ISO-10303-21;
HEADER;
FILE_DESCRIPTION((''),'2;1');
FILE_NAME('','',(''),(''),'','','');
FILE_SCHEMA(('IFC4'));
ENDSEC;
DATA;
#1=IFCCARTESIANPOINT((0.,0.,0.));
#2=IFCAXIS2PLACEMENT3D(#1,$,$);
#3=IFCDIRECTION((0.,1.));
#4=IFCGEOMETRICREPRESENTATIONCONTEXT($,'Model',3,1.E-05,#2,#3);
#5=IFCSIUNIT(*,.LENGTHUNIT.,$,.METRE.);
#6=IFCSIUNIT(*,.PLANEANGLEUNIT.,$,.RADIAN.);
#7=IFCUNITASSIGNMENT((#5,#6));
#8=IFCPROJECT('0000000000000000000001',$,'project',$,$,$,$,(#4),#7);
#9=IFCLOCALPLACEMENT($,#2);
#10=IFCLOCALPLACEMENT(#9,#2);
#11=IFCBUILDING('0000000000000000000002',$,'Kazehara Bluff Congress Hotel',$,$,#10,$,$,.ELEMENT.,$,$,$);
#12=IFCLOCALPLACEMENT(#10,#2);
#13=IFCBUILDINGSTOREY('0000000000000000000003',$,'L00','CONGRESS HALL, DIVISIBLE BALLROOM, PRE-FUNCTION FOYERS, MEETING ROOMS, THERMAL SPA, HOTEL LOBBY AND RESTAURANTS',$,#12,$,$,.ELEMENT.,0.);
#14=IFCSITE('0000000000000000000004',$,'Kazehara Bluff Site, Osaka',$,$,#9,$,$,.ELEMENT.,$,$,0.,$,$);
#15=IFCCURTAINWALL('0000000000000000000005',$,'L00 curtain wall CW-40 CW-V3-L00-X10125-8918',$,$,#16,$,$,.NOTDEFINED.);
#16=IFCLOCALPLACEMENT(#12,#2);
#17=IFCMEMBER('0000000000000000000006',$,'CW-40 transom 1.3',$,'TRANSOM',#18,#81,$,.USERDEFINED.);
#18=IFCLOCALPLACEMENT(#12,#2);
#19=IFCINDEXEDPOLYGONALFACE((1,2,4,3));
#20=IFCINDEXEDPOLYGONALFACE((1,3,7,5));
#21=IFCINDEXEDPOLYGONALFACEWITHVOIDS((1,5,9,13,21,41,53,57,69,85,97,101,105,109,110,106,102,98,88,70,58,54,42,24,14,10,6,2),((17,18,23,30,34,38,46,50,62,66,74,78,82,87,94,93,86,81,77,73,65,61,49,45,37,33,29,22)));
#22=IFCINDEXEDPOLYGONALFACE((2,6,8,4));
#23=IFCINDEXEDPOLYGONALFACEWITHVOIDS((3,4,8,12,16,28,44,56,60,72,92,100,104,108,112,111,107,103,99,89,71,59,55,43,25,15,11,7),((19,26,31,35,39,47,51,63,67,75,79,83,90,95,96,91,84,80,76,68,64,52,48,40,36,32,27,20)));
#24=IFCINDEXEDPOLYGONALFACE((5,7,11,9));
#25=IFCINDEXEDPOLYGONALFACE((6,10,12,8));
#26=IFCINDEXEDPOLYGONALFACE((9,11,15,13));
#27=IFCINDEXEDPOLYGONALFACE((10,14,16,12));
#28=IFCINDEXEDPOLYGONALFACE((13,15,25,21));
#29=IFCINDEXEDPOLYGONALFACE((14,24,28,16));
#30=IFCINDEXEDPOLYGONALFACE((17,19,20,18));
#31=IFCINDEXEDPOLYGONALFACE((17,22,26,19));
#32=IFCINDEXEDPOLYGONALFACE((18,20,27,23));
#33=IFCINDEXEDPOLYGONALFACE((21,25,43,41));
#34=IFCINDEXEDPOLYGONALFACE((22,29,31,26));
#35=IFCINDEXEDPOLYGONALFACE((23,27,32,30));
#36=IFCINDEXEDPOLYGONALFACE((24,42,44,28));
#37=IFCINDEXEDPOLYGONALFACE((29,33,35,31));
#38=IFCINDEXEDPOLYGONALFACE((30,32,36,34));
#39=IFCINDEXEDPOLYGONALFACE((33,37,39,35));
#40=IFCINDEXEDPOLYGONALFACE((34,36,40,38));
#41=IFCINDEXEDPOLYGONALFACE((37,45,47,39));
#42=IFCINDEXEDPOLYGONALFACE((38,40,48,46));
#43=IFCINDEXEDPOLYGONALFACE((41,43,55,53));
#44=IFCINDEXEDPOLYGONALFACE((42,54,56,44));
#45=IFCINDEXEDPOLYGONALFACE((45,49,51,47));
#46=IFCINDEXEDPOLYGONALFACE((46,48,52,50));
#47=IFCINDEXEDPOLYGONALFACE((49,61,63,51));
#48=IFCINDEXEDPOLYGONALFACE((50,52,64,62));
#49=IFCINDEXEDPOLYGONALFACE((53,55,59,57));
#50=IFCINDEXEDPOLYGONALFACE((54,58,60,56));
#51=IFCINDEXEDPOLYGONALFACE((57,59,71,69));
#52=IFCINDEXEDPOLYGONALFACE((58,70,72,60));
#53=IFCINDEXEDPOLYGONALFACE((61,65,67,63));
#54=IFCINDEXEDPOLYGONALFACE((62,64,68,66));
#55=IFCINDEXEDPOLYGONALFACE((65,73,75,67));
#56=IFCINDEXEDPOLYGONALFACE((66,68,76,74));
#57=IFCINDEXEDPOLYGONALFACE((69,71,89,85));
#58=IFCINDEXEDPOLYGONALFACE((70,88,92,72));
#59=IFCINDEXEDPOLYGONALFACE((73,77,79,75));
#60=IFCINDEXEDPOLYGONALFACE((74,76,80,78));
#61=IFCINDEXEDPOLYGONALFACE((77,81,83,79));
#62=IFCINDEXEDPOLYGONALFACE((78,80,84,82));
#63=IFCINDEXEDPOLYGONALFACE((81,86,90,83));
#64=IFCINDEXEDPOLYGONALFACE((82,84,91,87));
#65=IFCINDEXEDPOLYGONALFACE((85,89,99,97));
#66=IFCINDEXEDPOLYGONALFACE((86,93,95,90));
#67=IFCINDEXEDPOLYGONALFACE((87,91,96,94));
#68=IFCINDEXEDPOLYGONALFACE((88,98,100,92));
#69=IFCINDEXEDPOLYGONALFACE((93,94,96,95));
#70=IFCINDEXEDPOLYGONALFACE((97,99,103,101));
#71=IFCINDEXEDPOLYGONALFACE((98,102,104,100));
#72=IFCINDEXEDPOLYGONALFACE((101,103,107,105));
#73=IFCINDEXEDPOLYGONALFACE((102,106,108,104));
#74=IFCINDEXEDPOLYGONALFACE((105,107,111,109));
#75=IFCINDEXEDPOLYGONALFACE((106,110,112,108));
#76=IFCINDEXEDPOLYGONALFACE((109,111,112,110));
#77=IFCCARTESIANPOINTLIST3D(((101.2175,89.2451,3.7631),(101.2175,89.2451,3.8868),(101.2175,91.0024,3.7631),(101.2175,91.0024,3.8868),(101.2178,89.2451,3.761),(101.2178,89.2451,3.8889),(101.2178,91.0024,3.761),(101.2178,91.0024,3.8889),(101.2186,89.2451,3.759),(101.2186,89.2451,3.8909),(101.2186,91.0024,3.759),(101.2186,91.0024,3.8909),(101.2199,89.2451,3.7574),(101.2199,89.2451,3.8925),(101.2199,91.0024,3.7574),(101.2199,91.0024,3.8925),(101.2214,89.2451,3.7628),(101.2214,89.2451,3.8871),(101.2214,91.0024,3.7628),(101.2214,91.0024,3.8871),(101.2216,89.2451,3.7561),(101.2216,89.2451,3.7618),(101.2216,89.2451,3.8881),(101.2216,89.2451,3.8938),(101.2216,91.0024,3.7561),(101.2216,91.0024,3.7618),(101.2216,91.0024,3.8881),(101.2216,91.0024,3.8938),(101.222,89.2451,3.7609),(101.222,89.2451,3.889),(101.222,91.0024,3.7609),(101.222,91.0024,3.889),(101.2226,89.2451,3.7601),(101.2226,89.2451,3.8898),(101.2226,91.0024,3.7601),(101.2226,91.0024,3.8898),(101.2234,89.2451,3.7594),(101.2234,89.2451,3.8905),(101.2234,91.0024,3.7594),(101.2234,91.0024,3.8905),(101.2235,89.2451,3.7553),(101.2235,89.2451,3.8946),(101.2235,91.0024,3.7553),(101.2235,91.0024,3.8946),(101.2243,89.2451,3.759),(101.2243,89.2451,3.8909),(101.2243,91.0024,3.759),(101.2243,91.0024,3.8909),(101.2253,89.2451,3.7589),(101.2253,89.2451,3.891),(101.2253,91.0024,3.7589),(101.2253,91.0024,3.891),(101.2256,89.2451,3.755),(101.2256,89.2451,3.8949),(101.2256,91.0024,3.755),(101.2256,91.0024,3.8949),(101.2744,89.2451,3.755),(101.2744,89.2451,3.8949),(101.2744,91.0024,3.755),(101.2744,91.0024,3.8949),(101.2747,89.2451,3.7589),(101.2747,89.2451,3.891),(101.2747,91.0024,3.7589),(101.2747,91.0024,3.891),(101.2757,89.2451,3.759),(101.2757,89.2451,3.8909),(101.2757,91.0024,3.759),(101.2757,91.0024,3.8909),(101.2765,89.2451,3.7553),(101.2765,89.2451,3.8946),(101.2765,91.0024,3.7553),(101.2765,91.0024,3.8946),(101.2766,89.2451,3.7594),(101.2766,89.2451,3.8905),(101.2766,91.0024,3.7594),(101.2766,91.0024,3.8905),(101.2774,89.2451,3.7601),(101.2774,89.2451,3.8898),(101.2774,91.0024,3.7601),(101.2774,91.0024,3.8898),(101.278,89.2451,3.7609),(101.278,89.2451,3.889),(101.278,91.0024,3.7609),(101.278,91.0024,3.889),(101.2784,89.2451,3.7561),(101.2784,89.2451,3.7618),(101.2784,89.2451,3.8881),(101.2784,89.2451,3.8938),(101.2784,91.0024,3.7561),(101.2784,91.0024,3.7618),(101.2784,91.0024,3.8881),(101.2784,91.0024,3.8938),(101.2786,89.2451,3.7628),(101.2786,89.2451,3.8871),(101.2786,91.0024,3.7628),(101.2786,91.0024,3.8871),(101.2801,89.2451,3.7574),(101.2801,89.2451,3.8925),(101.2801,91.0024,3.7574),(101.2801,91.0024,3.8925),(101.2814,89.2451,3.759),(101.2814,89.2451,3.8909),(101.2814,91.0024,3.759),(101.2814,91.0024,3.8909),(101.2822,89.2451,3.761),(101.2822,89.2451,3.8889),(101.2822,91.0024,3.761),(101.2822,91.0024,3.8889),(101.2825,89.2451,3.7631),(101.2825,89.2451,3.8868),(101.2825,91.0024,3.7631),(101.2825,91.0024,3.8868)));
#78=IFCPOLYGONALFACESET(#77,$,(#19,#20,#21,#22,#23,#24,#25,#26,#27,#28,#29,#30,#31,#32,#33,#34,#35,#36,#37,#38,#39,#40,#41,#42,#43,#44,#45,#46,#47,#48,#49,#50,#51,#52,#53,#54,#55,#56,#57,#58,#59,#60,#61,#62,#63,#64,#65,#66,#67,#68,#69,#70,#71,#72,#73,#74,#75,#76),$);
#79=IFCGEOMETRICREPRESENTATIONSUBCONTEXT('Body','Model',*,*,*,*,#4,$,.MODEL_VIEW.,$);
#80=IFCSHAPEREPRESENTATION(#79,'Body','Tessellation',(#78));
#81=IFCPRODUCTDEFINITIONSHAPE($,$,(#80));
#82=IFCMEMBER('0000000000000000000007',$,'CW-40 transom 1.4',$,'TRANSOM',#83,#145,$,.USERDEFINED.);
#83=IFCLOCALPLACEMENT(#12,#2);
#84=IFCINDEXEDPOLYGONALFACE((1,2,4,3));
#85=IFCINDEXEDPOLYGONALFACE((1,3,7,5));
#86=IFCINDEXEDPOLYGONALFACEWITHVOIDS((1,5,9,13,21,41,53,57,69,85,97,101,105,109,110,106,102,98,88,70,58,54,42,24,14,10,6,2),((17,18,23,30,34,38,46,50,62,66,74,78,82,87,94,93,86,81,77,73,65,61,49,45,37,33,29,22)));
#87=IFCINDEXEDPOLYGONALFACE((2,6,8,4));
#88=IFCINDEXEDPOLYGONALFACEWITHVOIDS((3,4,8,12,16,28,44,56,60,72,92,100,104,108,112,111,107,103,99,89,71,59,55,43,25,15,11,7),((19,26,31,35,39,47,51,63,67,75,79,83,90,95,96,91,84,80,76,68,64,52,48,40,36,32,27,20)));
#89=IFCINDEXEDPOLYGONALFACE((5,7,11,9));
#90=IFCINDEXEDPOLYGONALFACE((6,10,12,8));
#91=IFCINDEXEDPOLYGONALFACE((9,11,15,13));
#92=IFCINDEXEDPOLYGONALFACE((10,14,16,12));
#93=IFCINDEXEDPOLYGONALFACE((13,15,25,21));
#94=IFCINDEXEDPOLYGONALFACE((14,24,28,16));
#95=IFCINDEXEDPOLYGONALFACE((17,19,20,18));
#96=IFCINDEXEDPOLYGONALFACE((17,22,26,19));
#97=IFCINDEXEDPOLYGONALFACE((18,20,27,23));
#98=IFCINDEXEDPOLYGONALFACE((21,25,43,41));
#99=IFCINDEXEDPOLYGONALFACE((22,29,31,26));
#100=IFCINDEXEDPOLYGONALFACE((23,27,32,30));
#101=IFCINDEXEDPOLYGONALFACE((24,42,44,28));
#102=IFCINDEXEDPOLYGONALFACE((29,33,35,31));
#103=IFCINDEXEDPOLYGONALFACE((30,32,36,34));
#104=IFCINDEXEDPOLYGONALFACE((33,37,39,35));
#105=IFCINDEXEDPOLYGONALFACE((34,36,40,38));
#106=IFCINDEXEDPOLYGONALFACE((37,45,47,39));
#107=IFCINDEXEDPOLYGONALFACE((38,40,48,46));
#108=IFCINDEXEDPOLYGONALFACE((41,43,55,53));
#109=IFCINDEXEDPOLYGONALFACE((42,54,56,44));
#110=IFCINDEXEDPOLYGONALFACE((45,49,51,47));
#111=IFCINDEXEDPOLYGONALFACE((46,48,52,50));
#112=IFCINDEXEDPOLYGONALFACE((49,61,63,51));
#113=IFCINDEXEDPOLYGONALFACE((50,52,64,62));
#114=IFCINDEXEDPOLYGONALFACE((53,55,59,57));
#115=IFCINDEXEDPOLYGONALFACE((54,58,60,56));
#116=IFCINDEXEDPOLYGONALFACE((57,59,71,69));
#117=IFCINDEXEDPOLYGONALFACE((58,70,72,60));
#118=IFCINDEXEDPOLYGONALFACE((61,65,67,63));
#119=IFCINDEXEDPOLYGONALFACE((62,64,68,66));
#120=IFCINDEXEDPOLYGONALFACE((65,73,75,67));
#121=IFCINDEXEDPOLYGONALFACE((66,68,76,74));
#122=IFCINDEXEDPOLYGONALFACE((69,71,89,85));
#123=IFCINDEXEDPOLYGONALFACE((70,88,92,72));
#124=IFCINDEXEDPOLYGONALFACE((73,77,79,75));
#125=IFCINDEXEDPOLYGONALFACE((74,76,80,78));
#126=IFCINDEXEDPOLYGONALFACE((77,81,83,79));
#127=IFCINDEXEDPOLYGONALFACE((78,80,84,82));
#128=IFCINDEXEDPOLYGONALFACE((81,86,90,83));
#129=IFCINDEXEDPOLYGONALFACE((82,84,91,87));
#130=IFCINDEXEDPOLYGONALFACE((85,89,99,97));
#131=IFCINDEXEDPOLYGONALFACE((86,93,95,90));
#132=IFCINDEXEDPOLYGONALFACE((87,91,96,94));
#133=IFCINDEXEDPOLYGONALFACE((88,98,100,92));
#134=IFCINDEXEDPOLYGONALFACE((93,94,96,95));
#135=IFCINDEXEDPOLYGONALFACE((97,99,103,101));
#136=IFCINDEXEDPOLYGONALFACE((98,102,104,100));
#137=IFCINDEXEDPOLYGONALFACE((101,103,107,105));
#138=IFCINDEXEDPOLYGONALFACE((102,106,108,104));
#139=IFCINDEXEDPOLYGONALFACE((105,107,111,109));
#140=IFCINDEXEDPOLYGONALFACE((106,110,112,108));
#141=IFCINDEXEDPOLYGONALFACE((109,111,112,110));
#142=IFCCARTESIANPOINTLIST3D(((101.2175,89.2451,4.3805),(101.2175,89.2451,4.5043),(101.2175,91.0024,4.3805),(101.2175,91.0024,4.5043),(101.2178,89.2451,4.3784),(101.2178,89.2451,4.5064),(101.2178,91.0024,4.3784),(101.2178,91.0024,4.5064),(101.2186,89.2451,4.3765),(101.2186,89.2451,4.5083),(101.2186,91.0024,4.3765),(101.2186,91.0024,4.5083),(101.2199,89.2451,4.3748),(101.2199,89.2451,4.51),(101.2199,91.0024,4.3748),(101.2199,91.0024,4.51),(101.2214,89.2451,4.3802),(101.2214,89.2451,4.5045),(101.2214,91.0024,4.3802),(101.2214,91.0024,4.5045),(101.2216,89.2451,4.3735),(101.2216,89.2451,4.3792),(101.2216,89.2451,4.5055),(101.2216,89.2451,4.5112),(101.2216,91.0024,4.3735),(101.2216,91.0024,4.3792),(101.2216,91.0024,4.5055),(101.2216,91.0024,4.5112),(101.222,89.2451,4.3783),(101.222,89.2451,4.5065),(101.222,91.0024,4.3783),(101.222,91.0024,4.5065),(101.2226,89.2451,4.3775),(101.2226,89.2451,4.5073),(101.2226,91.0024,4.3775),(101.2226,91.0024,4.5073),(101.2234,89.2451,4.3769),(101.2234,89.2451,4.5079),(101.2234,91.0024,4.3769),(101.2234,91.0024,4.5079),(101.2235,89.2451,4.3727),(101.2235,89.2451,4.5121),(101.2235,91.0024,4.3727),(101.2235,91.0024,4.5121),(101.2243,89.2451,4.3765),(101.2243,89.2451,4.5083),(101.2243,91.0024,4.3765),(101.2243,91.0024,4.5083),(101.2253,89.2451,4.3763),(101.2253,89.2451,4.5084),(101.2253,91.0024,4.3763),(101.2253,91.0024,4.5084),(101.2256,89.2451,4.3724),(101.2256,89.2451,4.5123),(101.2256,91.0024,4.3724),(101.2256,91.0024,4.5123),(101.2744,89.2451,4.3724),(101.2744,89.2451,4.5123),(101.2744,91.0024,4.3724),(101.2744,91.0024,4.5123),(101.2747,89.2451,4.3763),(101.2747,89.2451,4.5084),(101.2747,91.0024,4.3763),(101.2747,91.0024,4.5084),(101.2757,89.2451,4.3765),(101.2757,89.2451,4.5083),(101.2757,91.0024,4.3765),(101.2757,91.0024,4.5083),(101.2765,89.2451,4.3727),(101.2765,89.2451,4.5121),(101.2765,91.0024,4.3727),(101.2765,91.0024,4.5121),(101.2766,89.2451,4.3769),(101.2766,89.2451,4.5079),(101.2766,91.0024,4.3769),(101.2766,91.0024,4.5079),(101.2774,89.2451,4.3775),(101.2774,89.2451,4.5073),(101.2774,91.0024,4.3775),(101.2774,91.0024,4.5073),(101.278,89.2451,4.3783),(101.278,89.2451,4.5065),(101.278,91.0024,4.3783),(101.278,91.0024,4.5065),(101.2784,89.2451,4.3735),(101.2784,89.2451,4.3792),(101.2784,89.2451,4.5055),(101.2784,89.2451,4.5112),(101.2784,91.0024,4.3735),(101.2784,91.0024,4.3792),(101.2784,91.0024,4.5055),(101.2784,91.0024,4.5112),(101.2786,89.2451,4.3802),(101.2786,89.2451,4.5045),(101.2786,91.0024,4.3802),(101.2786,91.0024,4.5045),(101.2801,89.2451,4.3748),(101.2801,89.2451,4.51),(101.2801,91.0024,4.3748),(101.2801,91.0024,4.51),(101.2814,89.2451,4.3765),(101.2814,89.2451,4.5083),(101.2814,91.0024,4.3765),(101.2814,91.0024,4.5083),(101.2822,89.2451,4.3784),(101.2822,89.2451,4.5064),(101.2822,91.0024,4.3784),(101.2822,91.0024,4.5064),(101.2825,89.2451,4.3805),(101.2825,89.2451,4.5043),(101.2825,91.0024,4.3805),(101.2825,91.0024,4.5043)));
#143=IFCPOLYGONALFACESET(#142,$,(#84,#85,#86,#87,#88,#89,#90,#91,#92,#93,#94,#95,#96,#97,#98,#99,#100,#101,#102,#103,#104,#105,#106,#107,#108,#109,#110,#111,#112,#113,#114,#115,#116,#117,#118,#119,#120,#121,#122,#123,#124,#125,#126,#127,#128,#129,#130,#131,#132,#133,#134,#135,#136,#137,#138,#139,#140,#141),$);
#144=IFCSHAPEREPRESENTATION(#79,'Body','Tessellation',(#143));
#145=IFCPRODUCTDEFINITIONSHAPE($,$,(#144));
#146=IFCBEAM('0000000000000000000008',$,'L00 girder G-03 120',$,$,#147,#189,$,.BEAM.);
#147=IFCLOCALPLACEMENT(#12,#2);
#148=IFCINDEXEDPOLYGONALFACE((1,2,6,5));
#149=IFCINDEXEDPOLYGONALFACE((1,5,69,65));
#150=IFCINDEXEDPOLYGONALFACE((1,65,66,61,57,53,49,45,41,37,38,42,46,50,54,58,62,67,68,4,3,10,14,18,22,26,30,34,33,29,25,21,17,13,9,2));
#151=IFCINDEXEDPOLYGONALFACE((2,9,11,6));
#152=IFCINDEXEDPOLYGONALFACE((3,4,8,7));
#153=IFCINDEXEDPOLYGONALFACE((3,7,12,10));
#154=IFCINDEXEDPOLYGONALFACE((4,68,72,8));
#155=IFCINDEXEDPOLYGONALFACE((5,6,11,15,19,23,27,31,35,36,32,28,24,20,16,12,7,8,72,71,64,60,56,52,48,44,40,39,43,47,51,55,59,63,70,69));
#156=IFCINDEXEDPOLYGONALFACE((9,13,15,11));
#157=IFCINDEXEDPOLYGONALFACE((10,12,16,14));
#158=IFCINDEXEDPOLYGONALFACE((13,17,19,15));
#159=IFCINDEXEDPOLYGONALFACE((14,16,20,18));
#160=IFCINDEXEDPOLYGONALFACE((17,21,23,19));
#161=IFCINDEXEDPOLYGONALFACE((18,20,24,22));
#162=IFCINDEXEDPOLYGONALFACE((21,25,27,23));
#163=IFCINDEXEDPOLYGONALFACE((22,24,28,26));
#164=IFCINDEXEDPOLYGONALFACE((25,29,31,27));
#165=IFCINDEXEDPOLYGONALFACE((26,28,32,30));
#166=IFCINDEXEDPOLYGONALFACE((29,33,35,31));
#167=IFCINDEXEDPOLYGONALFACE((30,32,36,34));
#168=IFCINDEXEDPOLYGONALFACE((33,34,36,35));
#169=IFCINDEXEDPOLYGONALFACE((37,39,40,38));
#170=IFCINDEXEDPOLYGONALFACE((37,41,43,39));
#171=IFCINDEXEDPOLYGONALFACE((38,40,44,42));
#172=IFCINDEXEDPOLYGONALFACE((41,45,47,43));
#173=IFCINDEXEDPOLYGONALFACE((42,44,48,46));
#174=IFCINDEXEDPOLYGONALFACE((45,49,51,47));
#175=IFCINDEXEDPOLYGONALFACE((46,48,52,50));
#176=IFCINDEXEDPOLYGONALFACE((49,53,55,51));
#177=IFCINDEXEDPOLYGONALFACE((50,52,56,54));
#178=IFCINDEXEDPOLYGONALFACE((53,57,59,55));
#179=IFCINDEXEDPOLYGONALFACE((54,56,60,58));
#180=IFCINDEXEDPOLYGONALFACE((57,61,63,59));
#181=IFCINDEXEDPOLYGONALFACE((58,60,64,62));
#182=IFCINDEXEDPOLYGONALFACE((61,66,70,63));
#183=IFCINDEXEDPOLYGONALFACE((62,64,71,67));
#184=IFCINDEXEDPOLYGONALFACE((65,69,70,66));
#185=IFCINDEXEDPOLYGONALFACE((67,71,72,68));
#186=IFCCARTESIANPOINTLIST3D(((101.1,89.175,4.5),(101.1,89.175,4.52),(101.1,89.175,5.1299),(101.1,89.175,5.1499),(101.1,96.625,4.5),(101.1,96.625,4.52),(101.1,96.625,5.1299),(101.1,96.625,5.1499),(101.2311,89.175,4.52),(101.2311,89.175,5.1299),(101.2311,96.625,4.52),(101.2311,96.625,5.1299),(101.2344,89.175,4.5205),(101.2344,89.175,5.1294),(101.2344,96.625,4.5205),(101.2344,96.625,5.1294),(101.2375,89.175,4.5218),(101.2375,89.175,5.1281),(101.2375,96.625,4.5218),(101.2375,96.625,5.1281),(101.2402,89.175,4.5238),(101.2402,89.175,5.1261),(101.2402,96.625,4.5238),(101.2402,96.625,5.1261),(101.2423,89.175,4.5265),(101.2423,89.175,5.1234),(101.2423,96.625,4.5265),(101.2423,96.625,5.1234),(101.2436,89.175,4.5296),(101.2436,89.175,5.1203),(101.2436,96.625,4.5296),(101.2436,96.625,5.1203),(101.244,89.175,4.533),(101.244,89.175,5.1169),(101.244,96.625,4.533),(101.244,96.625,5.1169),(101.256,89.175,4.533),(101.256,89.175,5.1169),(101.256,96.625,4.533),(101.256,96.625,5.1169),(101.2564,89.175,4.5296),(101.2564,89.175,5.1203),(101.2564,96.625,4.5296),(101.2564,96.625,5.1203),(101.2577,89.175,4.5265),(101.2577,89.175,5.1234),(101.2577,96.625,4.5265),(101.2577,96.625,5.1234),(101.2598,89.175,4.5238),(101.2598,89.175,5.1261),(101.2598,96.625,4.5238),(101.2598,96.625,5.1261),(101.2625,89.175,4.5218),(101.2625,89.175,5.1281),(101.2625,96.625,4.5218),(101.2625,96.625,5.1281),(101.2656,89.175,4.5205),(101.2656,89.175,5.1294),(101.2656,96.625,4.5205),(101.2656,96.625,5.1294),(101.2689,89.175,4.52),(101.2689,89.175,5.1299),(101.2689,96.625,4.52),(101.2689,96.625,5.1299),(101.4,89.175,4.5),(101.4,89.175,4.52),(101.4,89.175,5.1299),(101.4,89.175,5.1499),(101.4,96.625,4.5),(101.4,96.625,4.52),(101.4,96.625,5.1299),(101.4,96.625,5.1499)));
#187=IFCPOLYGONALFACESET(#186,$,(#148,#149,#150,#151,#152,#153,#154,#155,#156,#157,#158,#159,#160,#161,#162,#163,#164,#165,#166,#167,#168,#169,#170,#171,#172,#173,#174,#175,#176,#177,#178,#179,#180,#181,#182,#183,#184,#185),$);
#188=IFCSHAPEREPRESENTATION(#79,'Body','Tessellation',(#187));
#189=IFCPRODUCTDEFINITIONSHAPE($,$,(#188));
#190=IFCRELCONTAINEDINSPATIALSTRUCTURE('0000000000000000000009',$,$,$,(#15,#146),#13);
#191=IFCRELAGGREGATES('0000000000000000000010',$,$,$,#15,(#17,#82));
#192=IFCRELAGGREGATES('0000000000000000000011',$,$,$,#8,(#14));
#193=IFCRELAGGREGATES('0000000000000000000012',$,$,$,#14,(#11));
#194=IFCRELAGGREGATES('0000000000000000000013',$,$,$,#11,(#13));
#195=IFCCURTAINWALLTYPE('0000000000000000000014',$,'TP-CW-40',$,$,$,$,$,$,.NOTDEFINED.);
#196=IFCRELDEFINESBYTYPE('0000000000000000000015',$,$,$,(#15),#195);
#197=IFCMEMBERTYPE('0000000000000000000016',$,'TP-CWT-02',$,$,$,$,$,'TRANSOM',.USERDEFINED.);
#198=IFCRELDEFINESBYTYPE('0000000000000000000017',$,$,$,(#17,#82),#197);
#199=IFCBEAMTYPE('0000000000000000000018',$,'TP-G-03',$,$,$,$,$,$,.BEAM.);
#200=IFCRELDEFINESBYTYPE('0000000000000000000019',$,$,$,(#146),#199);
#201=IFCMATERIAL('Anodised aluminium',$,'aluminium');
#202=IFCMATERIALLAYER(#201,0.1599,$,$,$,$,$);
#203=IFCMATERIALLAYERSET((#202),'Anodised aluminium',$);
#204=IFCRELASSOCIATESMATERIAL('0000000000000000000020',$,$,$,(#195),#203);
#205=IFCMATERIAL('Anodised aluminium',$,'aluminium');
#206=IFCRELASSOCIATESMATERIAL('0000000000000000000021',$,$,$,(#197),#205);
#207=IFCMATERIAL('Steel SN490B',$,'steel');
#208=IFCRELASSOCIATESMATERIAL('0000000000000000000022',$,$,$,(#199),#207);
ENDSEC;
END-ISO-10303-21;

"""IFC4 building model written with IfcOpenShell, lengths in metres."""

from ifc_helpers import new_model, si_unit, direction, frame, origin, origin_2d, place, context, subcontext, project, spatial, hollow_rectangle, i_section, extrude, material, layer, layer_set, material_profile, profile_set, type_object, element, aggregate, save


model = new_model("IFC4")

# Units and contexts
model_context = context("Model", 3, precision=1e-05, world=origin(), true_north=direction((0.0, 1.0)))
body_context = subcontext(model_context, "Body", "Model", "MODEL_VIEW")
ifc_project = project(units=[si_unit("LENGTHUNIT", "METRE"), si_unit("PLANEANGLEUNIT", "RADIAN")], contexts=[model_context])

# Site, building, storey
site_placement = place(None, origin())
site = spatial("IfcSite", under=ifc_project, at=site_placement, Name="Kazehara Bluff Site, Osaka", CompositionType="ELEMENT", RefElevation=0.0)
building_placement = place(site_placement, origin())
building = spatial("IfcBuilding", under=site, at=building_placement, Name="Kazehara Bluff Congress Hotel", CompositionType="ELEMENT")
storey_placement = place(building_placement, origin())
storey = spatial("IfcBuildingStorey", under=building, at=storey_placement, Name="L00", Description="CONGRESS HALL, DIVISIBLE BALLROOM, PRE-FUNCTION FOYERS, MEETING ROOMS, THERMAL SPA, HOTEL LOBBY AND RESTAURANTS", CompositionType="ELEMENT", Elevation=0.0)

# Shared definitions
ifc_material_1 = material(Name="Anodised aluminium", Category="aluminium")
ifc_layer_1 = layer(ifc_material_1, 0.1599)
ifc_layer_set_1 = layer_set([ifc_layer_1], Name="Anodised aluminium")
curtain_wall_type = type_object("IfcCurtainWallType", Name="TP-CW-40", PredefinedType="NOTDEFINED", material=ifc_layer_set_1)

# Curtain wall
curtain_wall_1_placement = place(storey_placement, origin())
curtain_wall_1 = element("IfcCurtainWall", 1, at=curtain_wall_1_placement, inside=storey, type_object=curtain_wall_type, Name="L00 curtain wall CW-40 CW-V3-L00-X10125-8918", PredefinedType="NOTDEFINED")

# Members
ifc_material_2 = material(Name="Anodised aluminium", Category="aluminium")
ifc_material_profile_1 = material_profile(ifc_material_2, hollow_rectangle(XDim=0.0649, YDim=0.1399, WallThickness=0.0039, InnerFilletRadius=0.0039, OuterFilletRadius=0.0081, at=origin_2d()))
ifc_profile_set_1 = profile_set([ifc_material_profile_1], Name="Anodised aluminium")
member_type_1 = type_object("IfcMemberType", Name="TP-CWT-02", ElementType="TRANSOM", PredefinedType="USERDEFINED", material=ifc_profile_set_1)
member_1_placement = place(storey_placement, frame((101.25, 89.2451, 3.825), z_axis=(0.0, 1.0, 0.0), x_axis=(-1.0, 0.0, 0.0)))
member_1 = element("IfcMember", 2, at=member_1_placement, type_object=member_type_1, Name="CW-40 transom 1.3", ObjectType="TRANSOM", PredefinedType="USERDEFINED", context=body_context, shape_type="SweptSolid", body=[
    extrude(hollow_rectangle(XDim=0.0649, YDim=0.1399, WallThickness=0.0039, InnerFilletRadius=0.0039, OuterFilletRadius=0.0081, at=origin_2d()), origin(), (0.0, 0.0, 1.0), 1.7573),
])
member_2_placement = place(storey_placement, frame((101.25, 89.2451, 4.4424), z_axis=(0.0, 1.0, 0.0), x_axis=(-1.0, 0.0, 0.0)))
member_2 = element("IfcMember", 3, at=member_2_placement, type_object=member_type_1, Name="CW-40 transom 1.4", ObjectType="TRANSOM", PredefinedType="USERDEFINED", context=body_context, shape_type="SweptSolid", body=[
    extrude(hollow_rectangle(XDim=0.0649, YDim=0.1399, WallThickness=0.0039, InnerFilletRadius=0.0039, OuterFilletRadius=0.0081, at=origin_2d()), origin(), (0.0, 0.0, 1.0), 1.7573),
])
aggregate(curtain_wall_1, [member_1, member_2])

# Beam
ifc_material_3 = material(Name="Steel SN490B", Category="steel")
ifc_material_profile_2 = material_profile(ifc_material_3, i_section(OverallWidth=0.3, OverallDepth=0.6499, WebThickness=0.012, FlangeThickness=0.02, FilletRadius=0.0129, at=origin_2d()))
ifc_profile_set_2 = profile_set([ifc_material_profile_2], Name="Steel SN490B")
beam_type = type_object("IfcBeamType", Name="TP-G-03", PredefinedType="BEAM", material=ifc_profile_set_2)
beam_placement = place(storey_placement, frame((101.25, 89.175, 4.825), z_axis=(0.0, 1.0, 0.0), x_axis=(-1.0, 0.0, 0.0)))
element("IfcBeam", 4, at=beam_placement, inside=storey, type_object=beam_type, Name="L00 girder G-03 120", PredefinedType="BEAM", context=body_context, shape_type="SweptSolid", body=[
    extrude(i_section(OverallWidth=0.3, OverallDepth=0.6499, WebThickness=0.012, FlangeThickness=0.02, FilletRadius=0.0129, at=origin_2d()), origin(), (0.0, 0.0, 1.0), 7.45),
])

save(model, "model.ifc")
